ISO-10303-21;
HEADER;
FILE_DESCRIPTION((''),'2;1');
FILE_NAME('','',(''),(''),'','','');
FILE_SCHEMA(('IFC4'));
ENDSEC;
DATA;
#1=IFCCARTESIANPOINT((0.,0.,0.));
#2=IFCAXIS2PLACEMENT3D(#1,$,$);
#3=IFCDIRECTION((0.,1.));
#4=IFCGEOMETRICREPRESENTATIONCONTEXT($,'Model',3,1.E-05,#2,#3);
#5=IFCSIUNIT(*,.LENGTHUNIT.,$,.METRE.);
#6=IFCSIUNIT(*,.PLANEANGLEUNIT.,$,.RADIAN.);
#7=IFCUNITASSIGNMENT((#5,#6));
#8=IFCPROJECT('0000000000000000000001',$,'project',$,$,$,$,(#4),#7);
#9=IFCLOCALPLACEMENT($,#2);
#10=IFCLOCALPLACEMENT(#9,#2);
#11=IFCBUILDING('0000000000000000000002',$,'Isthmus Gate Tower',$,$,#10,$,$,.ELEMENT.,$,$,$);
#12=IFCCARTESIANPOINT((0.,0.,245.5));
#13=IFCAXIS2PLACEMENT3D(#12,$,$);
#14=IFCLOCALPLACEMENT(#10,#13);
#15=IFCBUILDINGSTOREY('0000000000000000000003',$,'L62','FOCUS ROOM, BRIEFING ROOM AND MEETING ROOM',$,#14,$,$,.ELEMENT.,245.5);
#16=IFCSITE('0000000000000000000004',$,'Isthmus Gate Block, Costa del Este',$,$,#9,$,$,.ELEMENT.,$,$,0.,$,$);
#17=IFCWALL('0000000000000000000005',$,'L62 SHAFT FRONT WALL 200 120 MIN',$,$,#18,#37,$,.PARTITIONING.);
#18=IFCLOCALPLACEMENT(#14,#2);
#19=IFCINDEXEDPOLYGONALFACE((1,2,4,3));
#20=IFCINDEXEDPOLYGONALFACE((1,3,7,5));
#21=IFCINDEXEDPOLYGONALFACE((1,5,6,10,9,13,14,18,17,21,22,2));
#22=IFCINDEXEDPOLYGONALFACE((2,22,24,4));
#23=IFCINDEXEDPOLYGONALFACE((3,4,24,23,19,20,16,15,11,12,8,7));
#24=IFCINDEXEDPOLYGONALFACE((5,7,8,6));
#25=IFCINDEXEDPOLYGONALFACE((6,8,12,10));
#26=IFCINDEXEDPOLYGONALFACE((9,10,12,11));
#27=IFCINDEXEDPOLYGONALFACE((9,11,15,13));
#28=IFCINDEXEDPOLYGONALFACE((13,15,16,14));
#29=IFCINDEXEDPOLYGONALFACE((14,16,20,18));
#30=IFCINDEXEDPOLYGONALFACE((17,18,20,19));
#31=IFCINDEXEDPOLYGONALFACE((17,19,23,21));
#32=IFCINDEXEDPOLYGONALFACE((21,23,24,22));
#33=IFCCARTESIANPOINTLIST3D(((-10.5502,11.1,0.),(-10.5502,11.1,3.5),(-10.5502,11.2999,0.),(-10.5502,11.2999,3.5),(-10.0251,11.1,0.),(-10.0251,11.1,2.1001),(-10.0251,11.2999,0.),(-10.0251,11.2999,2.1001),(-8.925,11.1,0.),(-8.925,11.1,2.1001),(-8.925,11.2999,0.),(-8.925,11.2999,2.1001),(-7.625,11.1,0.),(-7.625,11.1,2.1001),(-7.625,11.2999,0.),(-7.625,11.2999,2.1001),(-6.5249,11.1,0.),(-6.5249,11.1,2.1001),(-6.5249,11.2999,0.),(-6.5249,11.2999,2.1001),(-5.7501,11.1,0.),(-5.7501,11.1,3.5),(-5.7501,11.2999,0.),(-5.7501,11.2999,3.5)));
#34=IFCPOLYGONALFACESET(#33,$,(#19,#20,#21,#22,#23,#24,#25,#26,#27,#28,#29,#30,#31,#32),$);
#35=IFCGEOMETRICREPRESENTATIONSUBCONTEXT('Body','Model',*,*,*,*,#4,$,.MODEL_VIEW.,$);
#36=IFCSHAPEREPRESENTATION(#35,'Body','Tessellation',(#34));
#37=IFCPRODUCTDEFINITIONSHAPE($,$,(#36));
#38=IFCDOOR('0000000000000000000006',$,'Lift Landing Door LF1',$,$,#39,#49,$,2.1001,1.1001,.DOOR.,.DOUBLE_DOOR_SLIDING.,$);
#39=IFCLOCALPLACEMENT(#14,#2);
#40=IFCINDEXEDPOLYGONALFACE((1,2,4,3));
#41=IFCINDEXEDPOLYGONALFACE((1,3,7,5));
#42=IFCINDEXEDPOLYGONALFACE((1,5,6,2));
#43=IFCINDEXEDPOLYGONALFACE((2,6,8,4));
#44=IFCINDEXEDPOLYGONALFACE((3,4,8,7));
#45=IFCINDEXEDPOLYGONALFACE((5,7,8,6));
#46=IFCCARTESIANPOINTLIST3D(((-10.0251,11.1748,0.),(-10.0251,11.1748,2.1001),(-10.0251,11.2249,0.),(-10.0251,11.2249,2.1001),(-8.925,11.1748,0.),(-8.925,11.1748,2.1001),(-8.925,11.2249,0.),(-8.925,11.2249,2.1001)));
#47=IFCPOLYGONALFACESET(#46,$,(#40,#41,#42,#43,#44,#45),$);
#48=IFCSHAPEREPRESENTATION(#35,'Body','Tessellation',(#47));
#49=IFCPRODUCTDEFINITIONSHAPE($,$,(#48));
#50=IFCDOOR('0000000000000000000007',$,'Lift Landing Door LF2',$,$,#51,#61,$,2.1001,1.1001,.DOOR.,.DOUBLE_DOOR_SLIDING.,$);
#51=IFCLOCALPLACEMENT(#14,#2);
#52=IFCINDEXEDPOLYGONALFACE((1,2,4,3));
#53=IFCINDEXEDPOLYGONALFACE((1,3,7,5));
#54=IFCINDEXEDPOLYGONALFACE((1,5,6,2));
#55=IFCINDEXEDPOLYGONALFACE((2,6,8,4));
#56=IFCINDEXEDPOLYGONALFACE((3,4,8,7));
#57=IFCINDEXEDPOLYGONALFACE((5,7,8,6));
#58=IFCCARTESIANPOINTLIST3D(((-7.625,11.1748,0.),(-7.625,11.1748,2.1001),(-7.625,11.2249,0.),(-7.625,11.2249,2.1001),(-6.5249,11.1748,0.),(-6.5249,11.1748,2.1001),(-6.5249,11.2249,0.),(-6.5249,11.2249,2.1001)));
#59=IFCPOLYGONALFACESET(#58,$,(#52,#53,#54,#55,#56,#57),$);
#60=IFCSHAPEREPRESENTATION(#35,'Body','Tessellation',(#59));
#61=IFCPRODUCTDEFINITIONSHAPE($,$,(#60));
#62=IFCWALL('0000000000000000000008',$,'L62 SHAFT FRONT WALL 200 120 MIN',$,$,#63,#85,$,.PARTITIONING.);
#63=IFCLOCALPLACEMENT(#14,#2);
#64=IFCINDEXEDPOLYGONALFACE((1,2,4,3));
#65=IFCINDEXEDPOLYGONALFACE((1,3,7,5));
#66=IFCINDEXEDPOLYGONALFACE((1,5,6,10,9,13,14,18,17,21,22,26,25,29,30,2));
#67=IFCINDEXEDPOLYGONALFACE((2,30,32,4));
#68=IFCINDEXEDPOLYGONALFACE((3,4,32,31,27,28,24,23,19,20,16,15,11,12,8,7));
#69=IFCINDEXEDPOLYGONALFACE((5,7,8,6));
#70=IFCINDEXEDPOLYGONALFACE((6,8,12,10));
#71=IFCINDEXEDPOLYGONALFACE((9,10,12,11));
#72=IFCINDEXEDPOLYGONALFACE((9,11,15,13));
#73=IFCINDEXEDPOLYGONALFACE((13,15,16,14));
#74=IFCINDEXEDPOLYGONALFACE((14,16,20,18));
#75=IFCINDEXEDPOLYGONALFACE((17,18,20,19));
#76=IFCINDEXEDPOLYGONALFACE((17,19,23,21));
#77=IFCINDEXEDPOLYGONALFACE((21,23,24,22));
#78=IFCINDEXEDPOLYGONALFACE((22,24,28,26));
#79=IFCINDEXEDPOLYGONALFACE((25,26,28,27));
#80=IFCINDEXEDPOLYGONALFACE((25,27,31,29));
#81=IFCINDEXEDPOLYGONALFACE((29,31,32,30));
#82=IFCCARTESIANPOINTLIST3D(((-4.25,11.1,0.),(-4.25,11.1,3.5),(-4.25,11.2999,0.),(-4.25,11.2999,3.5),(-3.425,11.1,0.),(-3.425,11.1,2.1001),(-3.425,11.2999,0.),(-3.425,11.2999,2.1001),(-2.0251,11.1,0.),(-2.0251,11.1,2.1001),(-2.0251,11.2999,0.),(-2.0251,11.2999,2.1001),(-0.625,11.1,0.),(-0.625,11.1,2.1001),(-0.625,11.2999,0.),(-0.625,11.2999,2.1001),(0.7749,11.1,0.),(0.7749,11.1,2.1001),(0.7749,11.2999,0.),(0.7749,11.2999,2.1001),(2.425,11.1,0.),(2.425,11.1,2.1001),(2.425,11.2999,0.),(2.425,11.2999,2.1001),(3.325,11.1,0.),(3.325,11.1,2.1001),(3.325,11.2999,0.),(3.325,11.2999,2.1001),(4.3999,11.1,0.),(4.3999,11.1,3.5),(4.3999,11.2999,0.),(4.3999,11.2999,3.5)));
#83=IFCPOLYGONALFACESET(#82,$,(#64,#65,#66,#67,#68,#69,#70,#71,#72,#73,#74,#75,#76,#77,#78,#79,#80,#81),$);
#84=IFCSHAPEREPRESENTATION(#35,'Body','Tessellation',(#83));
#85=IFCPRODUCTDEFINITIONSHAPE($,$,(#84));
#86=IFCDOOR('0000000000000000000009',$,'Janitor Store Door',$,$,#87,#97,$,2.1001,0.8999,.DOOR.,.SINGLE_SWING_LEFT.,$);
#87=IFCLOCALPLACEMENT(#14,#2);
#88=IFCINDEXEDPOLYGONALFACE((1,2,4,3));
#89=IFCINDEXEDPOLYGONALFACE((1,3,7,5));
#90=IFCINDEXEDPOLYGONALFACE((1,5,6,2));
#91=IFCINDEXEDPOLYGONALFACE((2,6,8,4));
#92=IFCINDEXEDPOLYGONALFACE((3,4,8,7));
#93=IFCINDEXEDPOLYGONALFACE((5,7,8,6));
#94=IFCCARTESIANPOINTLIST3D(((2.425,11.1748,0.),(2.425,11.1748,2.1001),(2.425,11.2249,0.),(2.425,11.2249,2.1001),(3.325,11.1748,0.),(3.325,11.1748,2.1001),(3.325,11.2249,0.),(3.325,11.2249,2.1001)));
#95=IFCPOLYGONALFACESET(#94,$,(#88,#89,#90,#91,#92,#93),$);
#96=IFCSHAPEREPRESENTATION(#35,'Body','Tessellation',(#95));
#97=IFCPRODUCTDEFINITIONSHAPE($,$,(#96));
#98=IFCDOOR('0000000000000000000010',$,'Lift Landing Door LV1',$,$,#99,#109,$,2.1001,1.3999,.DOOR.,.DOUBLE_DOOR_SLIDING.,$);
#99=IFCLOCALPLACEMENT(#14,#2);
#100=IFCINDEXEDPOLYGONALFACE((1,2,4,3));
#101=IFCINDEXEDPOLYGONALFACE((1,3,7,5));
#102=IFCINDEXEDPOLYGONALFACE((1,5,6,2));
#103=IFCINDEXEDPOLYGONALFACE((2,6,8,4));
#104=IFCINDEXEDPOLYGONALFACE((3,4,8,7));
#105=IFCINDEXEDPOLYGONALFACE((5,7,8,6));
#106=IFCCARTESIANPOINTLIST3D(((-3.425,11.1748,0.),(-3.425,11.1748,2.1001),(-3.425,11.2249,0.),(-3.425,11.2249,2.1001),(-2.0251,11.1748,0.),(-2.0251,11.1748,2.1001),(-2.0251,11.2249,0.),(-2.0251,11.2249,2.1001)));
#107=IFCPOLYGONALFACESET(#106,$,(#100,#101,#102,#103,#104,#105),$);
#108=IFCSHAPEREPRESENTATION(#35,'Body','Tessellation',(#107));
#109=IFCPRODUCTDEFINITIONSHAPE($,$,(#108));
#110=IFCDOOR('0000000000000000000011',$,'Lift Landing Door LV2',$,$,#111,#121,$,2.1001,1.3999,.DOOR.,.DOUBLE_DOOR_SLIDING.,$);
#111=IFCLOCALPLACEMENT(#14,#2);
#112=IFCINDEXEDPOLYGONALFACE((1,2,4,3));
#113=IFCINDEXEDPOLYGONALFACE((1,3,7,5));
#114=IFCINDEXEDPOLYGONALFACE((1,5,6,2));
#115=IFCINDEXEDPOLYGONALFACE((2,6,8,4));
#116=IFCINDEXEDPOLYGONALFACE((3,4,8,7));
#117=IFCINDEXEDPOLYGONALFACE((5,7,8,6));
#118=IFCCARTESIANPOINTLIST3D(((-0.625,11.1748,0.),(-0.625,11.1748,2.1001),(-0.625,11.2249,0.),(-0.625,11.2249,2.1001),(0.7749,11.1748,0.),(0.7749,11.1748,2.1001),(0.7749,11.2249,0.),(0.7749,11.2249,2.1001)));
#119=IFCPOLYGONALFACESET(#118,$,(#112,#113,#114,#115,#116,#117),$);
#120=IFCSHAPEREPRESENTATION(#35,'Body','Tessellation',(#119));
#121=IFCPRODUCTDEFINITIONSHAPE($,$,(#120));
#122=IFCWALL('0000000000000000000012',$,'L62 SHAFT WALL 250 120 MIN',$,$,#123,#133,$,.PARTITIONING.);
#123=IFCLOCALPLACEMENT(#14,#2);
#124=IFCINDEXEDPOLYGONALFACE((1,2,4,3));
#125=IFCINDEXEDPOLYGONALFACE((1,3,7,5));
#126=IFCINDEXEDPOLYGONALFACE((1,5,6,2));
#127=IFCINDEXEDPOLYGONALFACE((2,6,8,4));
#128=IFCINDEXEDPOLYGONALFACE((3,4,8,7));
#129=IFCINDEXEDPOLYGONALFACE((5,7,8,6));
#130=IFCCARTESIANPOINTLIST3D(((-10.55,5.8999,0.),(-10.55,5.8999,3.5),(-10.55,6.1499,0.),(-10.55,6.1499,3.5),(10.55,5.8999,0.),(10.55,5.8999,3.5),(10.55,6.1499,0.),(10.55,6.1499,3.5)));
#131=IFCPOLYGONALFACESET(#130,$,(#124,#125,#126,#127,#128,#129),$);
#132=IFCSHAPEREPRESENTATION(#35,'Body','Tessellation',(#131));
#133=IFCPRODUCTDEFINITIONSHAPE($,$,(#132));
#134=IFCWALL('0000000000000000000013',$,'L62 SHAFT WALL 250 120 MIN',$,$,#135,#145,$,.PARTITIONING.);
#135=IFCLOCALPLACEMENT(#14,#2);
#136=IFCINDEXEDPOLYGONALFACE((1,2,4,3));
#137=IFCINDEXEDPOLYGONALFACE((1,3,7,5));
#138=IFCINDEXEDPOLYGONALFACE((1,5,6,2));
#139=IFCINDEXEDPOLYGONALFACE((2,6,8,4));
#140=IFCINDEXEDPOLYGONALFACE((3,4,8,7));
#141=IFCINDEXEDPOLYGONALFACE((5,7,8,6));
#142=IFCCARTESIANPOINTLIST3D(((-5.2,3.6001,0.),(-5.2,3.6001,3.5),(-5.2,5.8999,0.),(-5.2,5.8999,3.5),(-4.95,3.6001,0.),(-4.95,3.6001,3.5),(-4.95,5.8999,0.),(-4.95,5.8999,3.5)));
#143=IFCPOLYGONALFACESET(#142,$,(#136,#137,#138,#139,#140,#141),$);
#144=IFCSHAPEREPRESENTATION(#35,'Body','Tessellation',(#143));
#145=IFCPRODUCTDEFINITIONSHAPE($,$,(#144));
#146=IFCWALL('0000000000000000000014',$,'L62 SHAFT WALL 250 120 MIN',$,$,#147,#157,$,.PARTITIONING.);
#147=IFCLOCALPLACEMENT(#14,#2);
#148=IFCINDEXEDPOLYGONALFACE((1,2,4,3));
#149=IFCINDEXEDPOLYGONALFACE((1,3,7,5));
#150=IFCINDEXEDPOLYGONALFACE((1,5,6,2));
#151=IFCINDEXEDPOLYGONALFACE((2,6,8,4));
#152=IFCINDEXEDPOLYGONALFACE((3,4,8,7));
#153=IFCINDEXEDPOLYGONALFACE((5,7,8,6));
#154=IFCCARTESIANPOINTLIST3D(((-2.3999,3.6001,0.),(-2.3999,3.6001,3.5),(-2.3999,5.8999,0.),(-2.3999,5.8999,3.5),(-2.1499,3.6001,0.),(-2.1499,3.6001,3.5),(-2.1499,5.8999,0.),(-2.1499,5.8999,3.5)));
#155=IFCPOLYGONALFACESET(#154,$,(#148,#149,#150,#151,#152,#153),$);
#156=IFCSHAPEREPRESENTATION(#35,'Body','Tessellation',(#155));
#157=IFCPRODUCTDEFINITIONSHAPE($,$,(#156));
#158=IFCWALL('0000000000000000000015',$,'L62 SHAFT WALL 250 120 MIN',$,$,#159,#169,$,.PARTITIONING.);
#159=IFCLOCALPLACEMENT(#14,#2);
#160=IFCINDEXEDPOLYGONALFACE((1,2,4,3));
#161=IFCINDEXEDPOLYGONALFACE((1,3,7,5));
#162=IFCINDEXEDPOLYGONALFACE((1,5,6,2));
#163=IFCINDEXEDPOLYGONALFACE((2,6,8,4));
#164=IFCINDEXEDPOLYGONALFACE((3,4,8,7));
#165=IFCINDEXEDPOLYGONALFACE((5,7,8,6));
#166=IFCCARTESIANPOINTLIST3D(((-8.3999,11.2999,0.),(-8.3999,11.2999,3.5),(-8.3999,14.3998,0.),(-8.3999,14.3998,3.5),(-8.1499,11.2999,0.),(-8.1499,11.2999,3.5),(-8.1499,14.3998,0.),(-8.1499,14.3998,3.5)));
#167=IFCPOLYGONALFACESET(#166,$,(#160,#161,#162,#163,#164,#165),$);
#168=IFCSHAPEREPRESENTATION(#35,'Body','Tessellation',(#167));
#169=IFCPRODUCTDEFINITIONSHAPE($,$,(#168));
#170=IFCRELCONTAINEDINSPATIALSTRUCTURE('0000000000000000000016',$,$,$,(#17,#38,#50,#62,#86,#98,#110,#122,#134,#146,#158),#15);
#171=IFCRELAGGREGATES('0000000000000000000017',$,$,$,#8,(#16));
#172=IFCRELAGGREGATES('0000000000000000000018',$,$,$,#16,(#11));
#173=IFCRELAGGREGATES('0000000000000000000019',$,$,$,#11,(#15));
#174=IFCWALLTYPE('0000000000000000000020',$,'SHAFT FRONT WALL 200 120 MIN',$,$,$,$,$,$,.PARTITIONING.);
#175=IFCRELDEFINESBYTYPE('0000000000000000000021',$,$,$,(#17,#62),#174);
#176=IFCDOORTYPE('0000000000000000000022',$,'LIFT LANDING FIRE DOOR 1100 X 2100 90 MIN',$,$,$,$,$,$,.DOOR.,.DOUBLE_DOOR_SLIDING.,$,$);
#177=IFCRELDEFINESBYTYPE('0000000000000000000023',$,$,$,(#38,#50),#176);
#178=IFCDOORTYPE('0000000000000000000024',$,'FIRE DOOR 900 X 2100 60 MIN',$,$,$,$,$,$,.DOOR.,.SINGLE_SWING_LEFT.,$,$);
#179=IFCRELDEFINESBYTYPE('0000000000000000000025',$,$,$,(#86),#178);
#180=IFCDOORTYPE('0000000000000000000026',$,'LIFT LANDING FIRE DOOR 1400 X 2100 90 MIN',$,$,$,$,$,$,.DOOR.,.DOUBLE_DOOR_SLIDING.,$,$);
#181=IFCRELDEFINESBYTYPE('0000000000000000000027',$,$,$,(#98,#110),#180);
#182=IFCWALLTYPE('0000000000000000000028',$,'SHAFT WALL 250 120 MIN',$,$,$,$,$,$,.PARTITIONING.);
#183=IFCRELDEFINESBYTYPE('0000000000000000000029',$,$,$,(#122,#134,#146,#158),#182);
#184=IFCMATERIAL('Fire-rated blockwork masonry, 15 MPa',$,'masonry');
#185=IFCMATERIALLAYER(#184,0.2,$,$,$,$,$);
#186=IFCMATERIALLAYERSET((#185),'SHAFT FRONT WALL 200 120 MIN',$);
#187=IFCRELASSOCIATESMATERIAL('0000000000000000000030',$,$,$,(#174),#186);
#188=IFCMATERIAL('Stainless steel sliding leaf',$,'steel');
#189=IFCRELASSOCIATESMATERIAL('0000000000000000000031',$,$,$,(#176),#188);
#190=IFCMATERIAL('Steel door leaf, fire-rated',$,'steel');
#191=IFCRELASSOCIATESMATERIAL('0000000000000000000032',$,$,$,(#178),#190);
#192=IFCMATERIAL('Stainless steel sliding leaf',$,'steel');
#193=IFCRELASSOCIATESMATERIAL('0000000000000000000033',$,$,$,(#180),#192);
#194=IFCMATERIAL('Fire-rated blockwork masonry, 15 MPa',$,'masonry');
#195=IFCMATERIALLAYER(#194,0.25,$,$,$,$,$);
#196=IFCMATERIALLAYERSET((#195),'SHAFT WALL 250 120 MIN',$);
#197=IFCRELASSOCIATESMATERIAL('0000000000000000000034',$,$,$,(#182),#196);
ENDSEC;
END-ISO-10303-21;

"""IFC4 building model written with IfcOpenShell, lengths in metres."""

from ifc_helpers import new_model, si_unit, direction, frame, frame_2d, origin, place, context, subcontext, project, spatial, rectangle, extrude, material, layer, layer_set, type_object, element, fill, save


model = new_model("IFC4")

# Units and contexts
model_context = context("Model", 3, precision=1e-05, world=origin(), true_north=direction((0.0, 1.0)))
body_context = subcontext(model_context, "Body", "Model", "MODEL_VIEW")
ifc_project = project(units=[si_unit("LENGTHUNIT", "METRE"), si_unit("PLANEANGLEUNIT", "RADIAN")], contexts=[model_context])

# Site, building, storey
site_placement = place(None, origin())
site = spatial("IfcSite", under=ifc_project, at=site_placement, Name="Isthmus Gate Block, Costa del Este", CompositionType="ELEMENT", RefElevation=0.0)
building_placement = place(site_placement, origin())
building = spatial("IfcBuilding", under=site, at=building_placement, Name="Isthmus Gate Tower", CompositionType="ELEMENT")
storey_placement = place(building_placement, frame((0.0, 0.0, 245.5)))
storey = spatial("IfcBuildingStorey", under=building, at=storey_placement, Name="L62", Description="FOCUS ROOM, BRIEFING ROOM AND MEETING ROOM", CompositionType="ELEMENT", Elevation=245.5)

# Walls, openings, doors
ifc_material_1 = material(Name="Fire-rated blockwork masonry, 15 MPa", Category="masonry")
ifc_layer_1 = layer(ifc_material_1, 0.2)
ifc_layer_set_1 = layer_set([ifc_layer_1], Name="SHAFT FRONT WALL 200 120 MIN")
wall_type_1 = type_object("IfcWallType", Name="SHAFT FRONT WALL 200 120 MIN", PredefinedType="PARTITIONING", material=ifc_layer_set_1)
wall_1_placement = place(storey_placement, frame((-10.55, 11.2, 0.0), z_axis=(0.0, 0.0, 1.0), x_axis=(1.0, 0.0, 0.0)))
wall_1 = element("IfcWall", 1, at=wall_1_placement, inside=storey, type_object=wall_type_1, Name="L62 SHAFT FRONT WALL 200 120 MIN", PredefinedType="PARTITIONING", context=body_context, shape_type="SweptSolid", body=[
    extrude(rectangle(XDim=4.8, YDim=0.2, at=frame_2d((2.3999, 0.0))), origin(), (0.0, 0.0, 1.0), 3.5),
])
opening_1_placement = place(wall_1_placement, frame((0.5249, 0.0, 0.0)))
opening_1 = element("IfcOpeningElement", 2, at=opening_1_placement, cuts=wall_1, PredefinedType="OPENING", context=body_context, shape_type="SweptSolid", body=[
    extrude(rectangle(XDim=1.1001, YDim=2.1001, at=frame_2d((0.55, 1.05))), frame((0.0, 0.1099, 0.0), z_axis=(0.0, -1.0, 0.0), x_axis=(1.0, 0.0, 0.0)), (0.0, 0.0, 1.0), 0.22),
])
opening_2_placement = place(wall_1_placement, frame((2.925, 0.0, 0.0)))
opening_2 = element("IfcOpeningElement", 3, at=opening_2_placement, cuts=wall_1, PredefinedType="OPENING", context=body_context, shape_type="SweptSolid", body=[
    extrude(rectangle(XDim=1.1001, YDim=2.1001, at=frame_2d((0.55, 1.05))), frame((0.0, 0.1099, 0.0), z_axis=(0.0, -1.0, 0.0), x_axis=(1.0, 0.0, 0.0)), (0.0, 0.0, 1.0), 0.22),
])
ifc_material_2 = material(Name="Stainless steel sliding leaf", Category="steel")
door_type_1 = type_object("IfcDoorType", Name="LIFT LANDING FIRE DOOR 1100 X 2100 90 MIN", OperationType="DOUBLE_DOOR_SLIDING", PredefinedType="DOOR", material=ifc_material_2)
door_1_placement = place(opening_1_placement, origin())
door_1 = element("IfcDoor", 4, at=door_1_placement, inside=storey, type_object=door_type_1, Name="Lift Landing Door LF1", OperationType="DOUBLE_DOOR_SLIDING", OverallHeight=2.1001, OverallWidth=1.1001, PredefinedType="DOOR", context=body_context, shape_type="SweptSolid", body=[
    extrude(rectangle(XDim=1.1001, YDim=2.1001, at=frame_2d((0.55, 1.05))), frame((0.0, 0.0249, 0.0), z_axis=(0.0, -1.0, 0.0), x_axis=(1.0, 0.0, 0.0)), (0.0, 0.0, 1.0), 0.05),
])
fill(opening_1, door_1)
door_2_placement = place(opening_2_placement, origin())
door_2 = element("IfcDoor", 5, at=door_2_placement, inside=storey, type_object=door_type_1, Name="Lift Landing Door LF2", OperationType="DOUBLE_DOOR_SLIDING", OverallHeight=2.1001, OverallWidth=1.1001, PredefinedType="DOOR", context=body_context, shape_type="SweptSolid", body=[
    extrude(rectangle(XDim=1.1001, YDim=2.1001, at=frame_2d((0.55, 1.05))), frame((0.0, 0.0249, 0.0), z_axis=(0.0, -1.0, 0.0), x_axis=(1.0, 0.0, 0.0)), (0.0, 0.0, 1.0), 0.05),
])
fill(opening_2, door_2)
wall_2_placement = place(storey_placement, frame((-4.25, 11.2, 0.0), z_axis=(0.0, 0.0, 1.0), x_axis=(1.0, 0.0, 0.0)))
wall_2 = element("IfcWall", 6, at=wall_2_placement, inside=storey, type_object=wall_type_1, Name="L62 SHAFT FRONT WALL 200 120 MIN", PredefinedType="PARTITIONING", context=body_context, shape_type="SweptSolid", body=[
    extrude(rectangle(XDim=8.6499, YDim=0.2, at=frame_2d((4.325, 0.0))), origin(), (0.0, 0.0, 1.0), 3.5),
])
opening_3_placement = place(wall_2_placement, frame((0.825, 0.0, 0.0)))
opening_3 = element("IfcOpeningElement", 7, at=opening_3_placement, cuts=wall_2, PredefinedType="OPENING", context=body_context, shape_type="SweptSolid", body=[
    extrude(rectangle(XDim=1.3999, YDim=2.1001, at=frame_2d((0.7, 1.05))), frame((0.0, 0.1099, 0.0), z_axis=(0.0, -1.0, 0.0), x_axis=(1.0, 0.0, 0.0)), (0.0, 0.0, 1.0), 0.22),
])
opening_4_placement = place(wall_2_placement, frame((3.625, 0.0, 0.0)))
opening_4 = element("IfcOpeningElement", 8, at=opening_4_placement, cuts=wall_2, PredefinedType="OPENING", context=body_context, shape_type="SweptSolid", body=[
    extrude(rectangle(XDim=1.3999, YDim=2.1001, at=frame_2d((0.7, 1.05))), frame((0.0, 0.1099, 0.0), z_axis=(0.0, -1.0, 0.0), x_axis=(1.0, 0.0, 0.0)), (0.0, 0.0, 1.0), 0.22),
])
opening_5_placement = place(wall_2_placement, frame((6.675, 0.0, 0.0)))
opening_5 = element("IfcOpeningElement", 9, at=opening_5_placement, cuts=wall_2, PredefinedType="OPENING", context=body_context, shape_type="SweptSolid", body=[
    extrude(rectangle(XDim=0.8999, YDim=2.1001, at=frame_2d((0.45, 1.05))), frame((0.0, 0.1099, 0.0), z_axis=(0.0, -1.0, 0.0), x_axis=(1.0, 0.0, 0.0)), (0.0, 0.0, 1.0), 0.22),
])
ifc_material_3 = material(Name="Steel door leaf, fire-rated", Category="steel")
door_type_2 = type_object("IfcDoorType", Name="FIRE DOOR 900 X 2100 60 MIN", OperationType="SINGLE_SWING_LEFT", PredefinedType="DOOR", material=ifc_material_3)
door_3_placement = place(opening_5_placement, origin())
door_3 = element("IfcDoor", 10, at=door_3_placement, inside=storey, type_object=door_type_2, Name="Janitor Store Door", OperationType="SINGLE_SWING_LEFT", OverallHeight=2.1001, OverallWidth=0.8999, PredefinedType="DOOR", context=body_context, shape_type="SweptSolid", body=[
    extrude(rectangle(XDim=0.8999, YDim=2.1001, at=frame_2d((0.45, 1.05))), frame((0.0, 0.0249, 0.0), z_axis=(0.0, -1.0, 0.0), x_axis=(1.0, 0.0, 0.0)), (0.0, 0.0, 1.0), 0.05),
])
fill(opening_5, door_3)
ifc_material_4 = material(Name="Stainless steel sliding leaf", Category="steel")
door_type_3 = type_object("IfcDoorType", Name="LIFT LANDING FIRE DOOR 1400 X 2100 90 MIN", OperationType="DOUBLE_DOOR_SLIDING", PredefinedType="DOOR", material=ifc_material_4)
door_4_placement = place(opening_3_placement, origin())
door_4 = element("IfcDoor", 11, at=door_4_placement, inside=storey, type_object=door_type_3, Name="Lift Landing Door LV1", OperationType="DOUBLE_DOOR_SLIDING", OverallHeight=2.1001, OverallWidth=1.3999, PredefinedType="DOOR", context=body_context, shape_type="SweptSolid", body=[
    extrude(rectangle(XDim=1.3999, YDim=2.1001, at=frame_2d((0.7, 1.05))), frame((0.0, 0.0249, 0.0), z_axis=(0.0, -1.0, 0.0), x_axis=(1.0, 0.0, 0.0)), (0.0, 0.0, 1.0), 0.05),
])
fill(opening_3, door_4)
door_5_placement = place(opening_4_placement, origin())
door_5 = element("IfcDoor", 12, at=door_5_placement, inside=storey, type_object=door_type_3, Name="Lift Landing Door LV2", OperationType="DOUBLE_DOOR_SLIDING", OverallHeight=2.1001, OverallWidth=1.3999, PredefinedType="DOOR", context=body_context, shape_type="SweptSolid", body=[
    extrude(rectangle(XDim=1.3999, YDim=2.1001, at=frame_2d((0.7, 1.05))), frame((0.0, 0.0249, 0.0), z_axis=(0.0, -1.0, 0.0), x_axis=(1.0, 0.0, 0.0)), (0.0, 0.0, 1.0), 0.05),
])
fill(opening_4, door_5)

# Walls
ifc_material_5 = material(Name="Fire-rated blockwork masonry, 15 MPa", Category="masonry")
ifc_layer_2 = layer(ifc_material_5, 0.25)
ifc_layer_set_2 = layer_set([ifc_layer_2], Name="SHAFT WALL 250 120 MIN")
wall_type_2 = type_object("IfcWallType", Name="SHAFT WALL 250 120 MIN", PredefinedType="PARTITIONING", material=ifc_layer_set_2)
wall_3_placement = place(storey_placement, frame((-10.55, 6.0249, 0.0), z_axis=(0.0, 0.0, 1.0), x_axis=(1.0, 0.0, 0.0)))
element("IfcWall", 13, at=wall_3_placement, inside=storey, type_object=wall_type_2, Name="L62 SHAFT WALL 250 120 MIN", PredefinedType="PARTITIONING", context=body_context, shape_type="SweptSolid", body=[
    extrude(rectangle(XDim=21.1001, YDim=0.25, at=frame_2d((10.55, 0.0))), origin(), (0.0, 0.0, 1.0), 3.5),
])
for number, where, z_axis, x_axis, name in (
    (14, (-5.075, 3.6001, 0.0), (0.0, 0.0, 1.0), (0.0, 1.0, 0.0), "L62 SHAFT WALL 250 120 MIN"),
    (15, (-2.2749, 3.6001, 0.0), (0.0, 0.0, 1.0), (0.0, 1.0, 0.0), "L62 SHAFT WALL 250 120 MIN"),
):
    element("IfcWall", number, at=place(storey_placement, frame(where, z_axis=z_axis, x_axis=x_axis)), inside=storey, type_object=wall_type_2, Name=name, PredefinedType="PARTITIONING", context=body_context, shape_type="SweptSolid", body=[
        extrude(rectangle(XDim=2.2998, YDim=0.25, at=frame_2d((1.1499, 0.0))), origin(), (0.0, 0.0, 1.0), 3.5),
    ])
for number, where, z_axis, x_axis, name in (
    (16, (-8.2749, 11.3, 0.0), (0.0, 0.0, 1.0), (0.0, 1.0, 0.0), "L62 SHAFT WALL 250 120 MIN"),
):
    element("IfcWall", number, at=place(storey_placement, frame(where, z_axis=z_axis, x_axis=x_axis)), inside=storey, type_object=wall_type_2, Name=name, PredefinedType="PARTITIONING", context=body_context, shape_type="SweptSolid", body=[
        extrude(rectangle(XDim=3.0999, YDim=0.25, at=frame_2d((1.5498, 0.0))), origin(), (0.0, 0.0, 1.0), 3.5),
    ])

save(model, "model.ifc")
